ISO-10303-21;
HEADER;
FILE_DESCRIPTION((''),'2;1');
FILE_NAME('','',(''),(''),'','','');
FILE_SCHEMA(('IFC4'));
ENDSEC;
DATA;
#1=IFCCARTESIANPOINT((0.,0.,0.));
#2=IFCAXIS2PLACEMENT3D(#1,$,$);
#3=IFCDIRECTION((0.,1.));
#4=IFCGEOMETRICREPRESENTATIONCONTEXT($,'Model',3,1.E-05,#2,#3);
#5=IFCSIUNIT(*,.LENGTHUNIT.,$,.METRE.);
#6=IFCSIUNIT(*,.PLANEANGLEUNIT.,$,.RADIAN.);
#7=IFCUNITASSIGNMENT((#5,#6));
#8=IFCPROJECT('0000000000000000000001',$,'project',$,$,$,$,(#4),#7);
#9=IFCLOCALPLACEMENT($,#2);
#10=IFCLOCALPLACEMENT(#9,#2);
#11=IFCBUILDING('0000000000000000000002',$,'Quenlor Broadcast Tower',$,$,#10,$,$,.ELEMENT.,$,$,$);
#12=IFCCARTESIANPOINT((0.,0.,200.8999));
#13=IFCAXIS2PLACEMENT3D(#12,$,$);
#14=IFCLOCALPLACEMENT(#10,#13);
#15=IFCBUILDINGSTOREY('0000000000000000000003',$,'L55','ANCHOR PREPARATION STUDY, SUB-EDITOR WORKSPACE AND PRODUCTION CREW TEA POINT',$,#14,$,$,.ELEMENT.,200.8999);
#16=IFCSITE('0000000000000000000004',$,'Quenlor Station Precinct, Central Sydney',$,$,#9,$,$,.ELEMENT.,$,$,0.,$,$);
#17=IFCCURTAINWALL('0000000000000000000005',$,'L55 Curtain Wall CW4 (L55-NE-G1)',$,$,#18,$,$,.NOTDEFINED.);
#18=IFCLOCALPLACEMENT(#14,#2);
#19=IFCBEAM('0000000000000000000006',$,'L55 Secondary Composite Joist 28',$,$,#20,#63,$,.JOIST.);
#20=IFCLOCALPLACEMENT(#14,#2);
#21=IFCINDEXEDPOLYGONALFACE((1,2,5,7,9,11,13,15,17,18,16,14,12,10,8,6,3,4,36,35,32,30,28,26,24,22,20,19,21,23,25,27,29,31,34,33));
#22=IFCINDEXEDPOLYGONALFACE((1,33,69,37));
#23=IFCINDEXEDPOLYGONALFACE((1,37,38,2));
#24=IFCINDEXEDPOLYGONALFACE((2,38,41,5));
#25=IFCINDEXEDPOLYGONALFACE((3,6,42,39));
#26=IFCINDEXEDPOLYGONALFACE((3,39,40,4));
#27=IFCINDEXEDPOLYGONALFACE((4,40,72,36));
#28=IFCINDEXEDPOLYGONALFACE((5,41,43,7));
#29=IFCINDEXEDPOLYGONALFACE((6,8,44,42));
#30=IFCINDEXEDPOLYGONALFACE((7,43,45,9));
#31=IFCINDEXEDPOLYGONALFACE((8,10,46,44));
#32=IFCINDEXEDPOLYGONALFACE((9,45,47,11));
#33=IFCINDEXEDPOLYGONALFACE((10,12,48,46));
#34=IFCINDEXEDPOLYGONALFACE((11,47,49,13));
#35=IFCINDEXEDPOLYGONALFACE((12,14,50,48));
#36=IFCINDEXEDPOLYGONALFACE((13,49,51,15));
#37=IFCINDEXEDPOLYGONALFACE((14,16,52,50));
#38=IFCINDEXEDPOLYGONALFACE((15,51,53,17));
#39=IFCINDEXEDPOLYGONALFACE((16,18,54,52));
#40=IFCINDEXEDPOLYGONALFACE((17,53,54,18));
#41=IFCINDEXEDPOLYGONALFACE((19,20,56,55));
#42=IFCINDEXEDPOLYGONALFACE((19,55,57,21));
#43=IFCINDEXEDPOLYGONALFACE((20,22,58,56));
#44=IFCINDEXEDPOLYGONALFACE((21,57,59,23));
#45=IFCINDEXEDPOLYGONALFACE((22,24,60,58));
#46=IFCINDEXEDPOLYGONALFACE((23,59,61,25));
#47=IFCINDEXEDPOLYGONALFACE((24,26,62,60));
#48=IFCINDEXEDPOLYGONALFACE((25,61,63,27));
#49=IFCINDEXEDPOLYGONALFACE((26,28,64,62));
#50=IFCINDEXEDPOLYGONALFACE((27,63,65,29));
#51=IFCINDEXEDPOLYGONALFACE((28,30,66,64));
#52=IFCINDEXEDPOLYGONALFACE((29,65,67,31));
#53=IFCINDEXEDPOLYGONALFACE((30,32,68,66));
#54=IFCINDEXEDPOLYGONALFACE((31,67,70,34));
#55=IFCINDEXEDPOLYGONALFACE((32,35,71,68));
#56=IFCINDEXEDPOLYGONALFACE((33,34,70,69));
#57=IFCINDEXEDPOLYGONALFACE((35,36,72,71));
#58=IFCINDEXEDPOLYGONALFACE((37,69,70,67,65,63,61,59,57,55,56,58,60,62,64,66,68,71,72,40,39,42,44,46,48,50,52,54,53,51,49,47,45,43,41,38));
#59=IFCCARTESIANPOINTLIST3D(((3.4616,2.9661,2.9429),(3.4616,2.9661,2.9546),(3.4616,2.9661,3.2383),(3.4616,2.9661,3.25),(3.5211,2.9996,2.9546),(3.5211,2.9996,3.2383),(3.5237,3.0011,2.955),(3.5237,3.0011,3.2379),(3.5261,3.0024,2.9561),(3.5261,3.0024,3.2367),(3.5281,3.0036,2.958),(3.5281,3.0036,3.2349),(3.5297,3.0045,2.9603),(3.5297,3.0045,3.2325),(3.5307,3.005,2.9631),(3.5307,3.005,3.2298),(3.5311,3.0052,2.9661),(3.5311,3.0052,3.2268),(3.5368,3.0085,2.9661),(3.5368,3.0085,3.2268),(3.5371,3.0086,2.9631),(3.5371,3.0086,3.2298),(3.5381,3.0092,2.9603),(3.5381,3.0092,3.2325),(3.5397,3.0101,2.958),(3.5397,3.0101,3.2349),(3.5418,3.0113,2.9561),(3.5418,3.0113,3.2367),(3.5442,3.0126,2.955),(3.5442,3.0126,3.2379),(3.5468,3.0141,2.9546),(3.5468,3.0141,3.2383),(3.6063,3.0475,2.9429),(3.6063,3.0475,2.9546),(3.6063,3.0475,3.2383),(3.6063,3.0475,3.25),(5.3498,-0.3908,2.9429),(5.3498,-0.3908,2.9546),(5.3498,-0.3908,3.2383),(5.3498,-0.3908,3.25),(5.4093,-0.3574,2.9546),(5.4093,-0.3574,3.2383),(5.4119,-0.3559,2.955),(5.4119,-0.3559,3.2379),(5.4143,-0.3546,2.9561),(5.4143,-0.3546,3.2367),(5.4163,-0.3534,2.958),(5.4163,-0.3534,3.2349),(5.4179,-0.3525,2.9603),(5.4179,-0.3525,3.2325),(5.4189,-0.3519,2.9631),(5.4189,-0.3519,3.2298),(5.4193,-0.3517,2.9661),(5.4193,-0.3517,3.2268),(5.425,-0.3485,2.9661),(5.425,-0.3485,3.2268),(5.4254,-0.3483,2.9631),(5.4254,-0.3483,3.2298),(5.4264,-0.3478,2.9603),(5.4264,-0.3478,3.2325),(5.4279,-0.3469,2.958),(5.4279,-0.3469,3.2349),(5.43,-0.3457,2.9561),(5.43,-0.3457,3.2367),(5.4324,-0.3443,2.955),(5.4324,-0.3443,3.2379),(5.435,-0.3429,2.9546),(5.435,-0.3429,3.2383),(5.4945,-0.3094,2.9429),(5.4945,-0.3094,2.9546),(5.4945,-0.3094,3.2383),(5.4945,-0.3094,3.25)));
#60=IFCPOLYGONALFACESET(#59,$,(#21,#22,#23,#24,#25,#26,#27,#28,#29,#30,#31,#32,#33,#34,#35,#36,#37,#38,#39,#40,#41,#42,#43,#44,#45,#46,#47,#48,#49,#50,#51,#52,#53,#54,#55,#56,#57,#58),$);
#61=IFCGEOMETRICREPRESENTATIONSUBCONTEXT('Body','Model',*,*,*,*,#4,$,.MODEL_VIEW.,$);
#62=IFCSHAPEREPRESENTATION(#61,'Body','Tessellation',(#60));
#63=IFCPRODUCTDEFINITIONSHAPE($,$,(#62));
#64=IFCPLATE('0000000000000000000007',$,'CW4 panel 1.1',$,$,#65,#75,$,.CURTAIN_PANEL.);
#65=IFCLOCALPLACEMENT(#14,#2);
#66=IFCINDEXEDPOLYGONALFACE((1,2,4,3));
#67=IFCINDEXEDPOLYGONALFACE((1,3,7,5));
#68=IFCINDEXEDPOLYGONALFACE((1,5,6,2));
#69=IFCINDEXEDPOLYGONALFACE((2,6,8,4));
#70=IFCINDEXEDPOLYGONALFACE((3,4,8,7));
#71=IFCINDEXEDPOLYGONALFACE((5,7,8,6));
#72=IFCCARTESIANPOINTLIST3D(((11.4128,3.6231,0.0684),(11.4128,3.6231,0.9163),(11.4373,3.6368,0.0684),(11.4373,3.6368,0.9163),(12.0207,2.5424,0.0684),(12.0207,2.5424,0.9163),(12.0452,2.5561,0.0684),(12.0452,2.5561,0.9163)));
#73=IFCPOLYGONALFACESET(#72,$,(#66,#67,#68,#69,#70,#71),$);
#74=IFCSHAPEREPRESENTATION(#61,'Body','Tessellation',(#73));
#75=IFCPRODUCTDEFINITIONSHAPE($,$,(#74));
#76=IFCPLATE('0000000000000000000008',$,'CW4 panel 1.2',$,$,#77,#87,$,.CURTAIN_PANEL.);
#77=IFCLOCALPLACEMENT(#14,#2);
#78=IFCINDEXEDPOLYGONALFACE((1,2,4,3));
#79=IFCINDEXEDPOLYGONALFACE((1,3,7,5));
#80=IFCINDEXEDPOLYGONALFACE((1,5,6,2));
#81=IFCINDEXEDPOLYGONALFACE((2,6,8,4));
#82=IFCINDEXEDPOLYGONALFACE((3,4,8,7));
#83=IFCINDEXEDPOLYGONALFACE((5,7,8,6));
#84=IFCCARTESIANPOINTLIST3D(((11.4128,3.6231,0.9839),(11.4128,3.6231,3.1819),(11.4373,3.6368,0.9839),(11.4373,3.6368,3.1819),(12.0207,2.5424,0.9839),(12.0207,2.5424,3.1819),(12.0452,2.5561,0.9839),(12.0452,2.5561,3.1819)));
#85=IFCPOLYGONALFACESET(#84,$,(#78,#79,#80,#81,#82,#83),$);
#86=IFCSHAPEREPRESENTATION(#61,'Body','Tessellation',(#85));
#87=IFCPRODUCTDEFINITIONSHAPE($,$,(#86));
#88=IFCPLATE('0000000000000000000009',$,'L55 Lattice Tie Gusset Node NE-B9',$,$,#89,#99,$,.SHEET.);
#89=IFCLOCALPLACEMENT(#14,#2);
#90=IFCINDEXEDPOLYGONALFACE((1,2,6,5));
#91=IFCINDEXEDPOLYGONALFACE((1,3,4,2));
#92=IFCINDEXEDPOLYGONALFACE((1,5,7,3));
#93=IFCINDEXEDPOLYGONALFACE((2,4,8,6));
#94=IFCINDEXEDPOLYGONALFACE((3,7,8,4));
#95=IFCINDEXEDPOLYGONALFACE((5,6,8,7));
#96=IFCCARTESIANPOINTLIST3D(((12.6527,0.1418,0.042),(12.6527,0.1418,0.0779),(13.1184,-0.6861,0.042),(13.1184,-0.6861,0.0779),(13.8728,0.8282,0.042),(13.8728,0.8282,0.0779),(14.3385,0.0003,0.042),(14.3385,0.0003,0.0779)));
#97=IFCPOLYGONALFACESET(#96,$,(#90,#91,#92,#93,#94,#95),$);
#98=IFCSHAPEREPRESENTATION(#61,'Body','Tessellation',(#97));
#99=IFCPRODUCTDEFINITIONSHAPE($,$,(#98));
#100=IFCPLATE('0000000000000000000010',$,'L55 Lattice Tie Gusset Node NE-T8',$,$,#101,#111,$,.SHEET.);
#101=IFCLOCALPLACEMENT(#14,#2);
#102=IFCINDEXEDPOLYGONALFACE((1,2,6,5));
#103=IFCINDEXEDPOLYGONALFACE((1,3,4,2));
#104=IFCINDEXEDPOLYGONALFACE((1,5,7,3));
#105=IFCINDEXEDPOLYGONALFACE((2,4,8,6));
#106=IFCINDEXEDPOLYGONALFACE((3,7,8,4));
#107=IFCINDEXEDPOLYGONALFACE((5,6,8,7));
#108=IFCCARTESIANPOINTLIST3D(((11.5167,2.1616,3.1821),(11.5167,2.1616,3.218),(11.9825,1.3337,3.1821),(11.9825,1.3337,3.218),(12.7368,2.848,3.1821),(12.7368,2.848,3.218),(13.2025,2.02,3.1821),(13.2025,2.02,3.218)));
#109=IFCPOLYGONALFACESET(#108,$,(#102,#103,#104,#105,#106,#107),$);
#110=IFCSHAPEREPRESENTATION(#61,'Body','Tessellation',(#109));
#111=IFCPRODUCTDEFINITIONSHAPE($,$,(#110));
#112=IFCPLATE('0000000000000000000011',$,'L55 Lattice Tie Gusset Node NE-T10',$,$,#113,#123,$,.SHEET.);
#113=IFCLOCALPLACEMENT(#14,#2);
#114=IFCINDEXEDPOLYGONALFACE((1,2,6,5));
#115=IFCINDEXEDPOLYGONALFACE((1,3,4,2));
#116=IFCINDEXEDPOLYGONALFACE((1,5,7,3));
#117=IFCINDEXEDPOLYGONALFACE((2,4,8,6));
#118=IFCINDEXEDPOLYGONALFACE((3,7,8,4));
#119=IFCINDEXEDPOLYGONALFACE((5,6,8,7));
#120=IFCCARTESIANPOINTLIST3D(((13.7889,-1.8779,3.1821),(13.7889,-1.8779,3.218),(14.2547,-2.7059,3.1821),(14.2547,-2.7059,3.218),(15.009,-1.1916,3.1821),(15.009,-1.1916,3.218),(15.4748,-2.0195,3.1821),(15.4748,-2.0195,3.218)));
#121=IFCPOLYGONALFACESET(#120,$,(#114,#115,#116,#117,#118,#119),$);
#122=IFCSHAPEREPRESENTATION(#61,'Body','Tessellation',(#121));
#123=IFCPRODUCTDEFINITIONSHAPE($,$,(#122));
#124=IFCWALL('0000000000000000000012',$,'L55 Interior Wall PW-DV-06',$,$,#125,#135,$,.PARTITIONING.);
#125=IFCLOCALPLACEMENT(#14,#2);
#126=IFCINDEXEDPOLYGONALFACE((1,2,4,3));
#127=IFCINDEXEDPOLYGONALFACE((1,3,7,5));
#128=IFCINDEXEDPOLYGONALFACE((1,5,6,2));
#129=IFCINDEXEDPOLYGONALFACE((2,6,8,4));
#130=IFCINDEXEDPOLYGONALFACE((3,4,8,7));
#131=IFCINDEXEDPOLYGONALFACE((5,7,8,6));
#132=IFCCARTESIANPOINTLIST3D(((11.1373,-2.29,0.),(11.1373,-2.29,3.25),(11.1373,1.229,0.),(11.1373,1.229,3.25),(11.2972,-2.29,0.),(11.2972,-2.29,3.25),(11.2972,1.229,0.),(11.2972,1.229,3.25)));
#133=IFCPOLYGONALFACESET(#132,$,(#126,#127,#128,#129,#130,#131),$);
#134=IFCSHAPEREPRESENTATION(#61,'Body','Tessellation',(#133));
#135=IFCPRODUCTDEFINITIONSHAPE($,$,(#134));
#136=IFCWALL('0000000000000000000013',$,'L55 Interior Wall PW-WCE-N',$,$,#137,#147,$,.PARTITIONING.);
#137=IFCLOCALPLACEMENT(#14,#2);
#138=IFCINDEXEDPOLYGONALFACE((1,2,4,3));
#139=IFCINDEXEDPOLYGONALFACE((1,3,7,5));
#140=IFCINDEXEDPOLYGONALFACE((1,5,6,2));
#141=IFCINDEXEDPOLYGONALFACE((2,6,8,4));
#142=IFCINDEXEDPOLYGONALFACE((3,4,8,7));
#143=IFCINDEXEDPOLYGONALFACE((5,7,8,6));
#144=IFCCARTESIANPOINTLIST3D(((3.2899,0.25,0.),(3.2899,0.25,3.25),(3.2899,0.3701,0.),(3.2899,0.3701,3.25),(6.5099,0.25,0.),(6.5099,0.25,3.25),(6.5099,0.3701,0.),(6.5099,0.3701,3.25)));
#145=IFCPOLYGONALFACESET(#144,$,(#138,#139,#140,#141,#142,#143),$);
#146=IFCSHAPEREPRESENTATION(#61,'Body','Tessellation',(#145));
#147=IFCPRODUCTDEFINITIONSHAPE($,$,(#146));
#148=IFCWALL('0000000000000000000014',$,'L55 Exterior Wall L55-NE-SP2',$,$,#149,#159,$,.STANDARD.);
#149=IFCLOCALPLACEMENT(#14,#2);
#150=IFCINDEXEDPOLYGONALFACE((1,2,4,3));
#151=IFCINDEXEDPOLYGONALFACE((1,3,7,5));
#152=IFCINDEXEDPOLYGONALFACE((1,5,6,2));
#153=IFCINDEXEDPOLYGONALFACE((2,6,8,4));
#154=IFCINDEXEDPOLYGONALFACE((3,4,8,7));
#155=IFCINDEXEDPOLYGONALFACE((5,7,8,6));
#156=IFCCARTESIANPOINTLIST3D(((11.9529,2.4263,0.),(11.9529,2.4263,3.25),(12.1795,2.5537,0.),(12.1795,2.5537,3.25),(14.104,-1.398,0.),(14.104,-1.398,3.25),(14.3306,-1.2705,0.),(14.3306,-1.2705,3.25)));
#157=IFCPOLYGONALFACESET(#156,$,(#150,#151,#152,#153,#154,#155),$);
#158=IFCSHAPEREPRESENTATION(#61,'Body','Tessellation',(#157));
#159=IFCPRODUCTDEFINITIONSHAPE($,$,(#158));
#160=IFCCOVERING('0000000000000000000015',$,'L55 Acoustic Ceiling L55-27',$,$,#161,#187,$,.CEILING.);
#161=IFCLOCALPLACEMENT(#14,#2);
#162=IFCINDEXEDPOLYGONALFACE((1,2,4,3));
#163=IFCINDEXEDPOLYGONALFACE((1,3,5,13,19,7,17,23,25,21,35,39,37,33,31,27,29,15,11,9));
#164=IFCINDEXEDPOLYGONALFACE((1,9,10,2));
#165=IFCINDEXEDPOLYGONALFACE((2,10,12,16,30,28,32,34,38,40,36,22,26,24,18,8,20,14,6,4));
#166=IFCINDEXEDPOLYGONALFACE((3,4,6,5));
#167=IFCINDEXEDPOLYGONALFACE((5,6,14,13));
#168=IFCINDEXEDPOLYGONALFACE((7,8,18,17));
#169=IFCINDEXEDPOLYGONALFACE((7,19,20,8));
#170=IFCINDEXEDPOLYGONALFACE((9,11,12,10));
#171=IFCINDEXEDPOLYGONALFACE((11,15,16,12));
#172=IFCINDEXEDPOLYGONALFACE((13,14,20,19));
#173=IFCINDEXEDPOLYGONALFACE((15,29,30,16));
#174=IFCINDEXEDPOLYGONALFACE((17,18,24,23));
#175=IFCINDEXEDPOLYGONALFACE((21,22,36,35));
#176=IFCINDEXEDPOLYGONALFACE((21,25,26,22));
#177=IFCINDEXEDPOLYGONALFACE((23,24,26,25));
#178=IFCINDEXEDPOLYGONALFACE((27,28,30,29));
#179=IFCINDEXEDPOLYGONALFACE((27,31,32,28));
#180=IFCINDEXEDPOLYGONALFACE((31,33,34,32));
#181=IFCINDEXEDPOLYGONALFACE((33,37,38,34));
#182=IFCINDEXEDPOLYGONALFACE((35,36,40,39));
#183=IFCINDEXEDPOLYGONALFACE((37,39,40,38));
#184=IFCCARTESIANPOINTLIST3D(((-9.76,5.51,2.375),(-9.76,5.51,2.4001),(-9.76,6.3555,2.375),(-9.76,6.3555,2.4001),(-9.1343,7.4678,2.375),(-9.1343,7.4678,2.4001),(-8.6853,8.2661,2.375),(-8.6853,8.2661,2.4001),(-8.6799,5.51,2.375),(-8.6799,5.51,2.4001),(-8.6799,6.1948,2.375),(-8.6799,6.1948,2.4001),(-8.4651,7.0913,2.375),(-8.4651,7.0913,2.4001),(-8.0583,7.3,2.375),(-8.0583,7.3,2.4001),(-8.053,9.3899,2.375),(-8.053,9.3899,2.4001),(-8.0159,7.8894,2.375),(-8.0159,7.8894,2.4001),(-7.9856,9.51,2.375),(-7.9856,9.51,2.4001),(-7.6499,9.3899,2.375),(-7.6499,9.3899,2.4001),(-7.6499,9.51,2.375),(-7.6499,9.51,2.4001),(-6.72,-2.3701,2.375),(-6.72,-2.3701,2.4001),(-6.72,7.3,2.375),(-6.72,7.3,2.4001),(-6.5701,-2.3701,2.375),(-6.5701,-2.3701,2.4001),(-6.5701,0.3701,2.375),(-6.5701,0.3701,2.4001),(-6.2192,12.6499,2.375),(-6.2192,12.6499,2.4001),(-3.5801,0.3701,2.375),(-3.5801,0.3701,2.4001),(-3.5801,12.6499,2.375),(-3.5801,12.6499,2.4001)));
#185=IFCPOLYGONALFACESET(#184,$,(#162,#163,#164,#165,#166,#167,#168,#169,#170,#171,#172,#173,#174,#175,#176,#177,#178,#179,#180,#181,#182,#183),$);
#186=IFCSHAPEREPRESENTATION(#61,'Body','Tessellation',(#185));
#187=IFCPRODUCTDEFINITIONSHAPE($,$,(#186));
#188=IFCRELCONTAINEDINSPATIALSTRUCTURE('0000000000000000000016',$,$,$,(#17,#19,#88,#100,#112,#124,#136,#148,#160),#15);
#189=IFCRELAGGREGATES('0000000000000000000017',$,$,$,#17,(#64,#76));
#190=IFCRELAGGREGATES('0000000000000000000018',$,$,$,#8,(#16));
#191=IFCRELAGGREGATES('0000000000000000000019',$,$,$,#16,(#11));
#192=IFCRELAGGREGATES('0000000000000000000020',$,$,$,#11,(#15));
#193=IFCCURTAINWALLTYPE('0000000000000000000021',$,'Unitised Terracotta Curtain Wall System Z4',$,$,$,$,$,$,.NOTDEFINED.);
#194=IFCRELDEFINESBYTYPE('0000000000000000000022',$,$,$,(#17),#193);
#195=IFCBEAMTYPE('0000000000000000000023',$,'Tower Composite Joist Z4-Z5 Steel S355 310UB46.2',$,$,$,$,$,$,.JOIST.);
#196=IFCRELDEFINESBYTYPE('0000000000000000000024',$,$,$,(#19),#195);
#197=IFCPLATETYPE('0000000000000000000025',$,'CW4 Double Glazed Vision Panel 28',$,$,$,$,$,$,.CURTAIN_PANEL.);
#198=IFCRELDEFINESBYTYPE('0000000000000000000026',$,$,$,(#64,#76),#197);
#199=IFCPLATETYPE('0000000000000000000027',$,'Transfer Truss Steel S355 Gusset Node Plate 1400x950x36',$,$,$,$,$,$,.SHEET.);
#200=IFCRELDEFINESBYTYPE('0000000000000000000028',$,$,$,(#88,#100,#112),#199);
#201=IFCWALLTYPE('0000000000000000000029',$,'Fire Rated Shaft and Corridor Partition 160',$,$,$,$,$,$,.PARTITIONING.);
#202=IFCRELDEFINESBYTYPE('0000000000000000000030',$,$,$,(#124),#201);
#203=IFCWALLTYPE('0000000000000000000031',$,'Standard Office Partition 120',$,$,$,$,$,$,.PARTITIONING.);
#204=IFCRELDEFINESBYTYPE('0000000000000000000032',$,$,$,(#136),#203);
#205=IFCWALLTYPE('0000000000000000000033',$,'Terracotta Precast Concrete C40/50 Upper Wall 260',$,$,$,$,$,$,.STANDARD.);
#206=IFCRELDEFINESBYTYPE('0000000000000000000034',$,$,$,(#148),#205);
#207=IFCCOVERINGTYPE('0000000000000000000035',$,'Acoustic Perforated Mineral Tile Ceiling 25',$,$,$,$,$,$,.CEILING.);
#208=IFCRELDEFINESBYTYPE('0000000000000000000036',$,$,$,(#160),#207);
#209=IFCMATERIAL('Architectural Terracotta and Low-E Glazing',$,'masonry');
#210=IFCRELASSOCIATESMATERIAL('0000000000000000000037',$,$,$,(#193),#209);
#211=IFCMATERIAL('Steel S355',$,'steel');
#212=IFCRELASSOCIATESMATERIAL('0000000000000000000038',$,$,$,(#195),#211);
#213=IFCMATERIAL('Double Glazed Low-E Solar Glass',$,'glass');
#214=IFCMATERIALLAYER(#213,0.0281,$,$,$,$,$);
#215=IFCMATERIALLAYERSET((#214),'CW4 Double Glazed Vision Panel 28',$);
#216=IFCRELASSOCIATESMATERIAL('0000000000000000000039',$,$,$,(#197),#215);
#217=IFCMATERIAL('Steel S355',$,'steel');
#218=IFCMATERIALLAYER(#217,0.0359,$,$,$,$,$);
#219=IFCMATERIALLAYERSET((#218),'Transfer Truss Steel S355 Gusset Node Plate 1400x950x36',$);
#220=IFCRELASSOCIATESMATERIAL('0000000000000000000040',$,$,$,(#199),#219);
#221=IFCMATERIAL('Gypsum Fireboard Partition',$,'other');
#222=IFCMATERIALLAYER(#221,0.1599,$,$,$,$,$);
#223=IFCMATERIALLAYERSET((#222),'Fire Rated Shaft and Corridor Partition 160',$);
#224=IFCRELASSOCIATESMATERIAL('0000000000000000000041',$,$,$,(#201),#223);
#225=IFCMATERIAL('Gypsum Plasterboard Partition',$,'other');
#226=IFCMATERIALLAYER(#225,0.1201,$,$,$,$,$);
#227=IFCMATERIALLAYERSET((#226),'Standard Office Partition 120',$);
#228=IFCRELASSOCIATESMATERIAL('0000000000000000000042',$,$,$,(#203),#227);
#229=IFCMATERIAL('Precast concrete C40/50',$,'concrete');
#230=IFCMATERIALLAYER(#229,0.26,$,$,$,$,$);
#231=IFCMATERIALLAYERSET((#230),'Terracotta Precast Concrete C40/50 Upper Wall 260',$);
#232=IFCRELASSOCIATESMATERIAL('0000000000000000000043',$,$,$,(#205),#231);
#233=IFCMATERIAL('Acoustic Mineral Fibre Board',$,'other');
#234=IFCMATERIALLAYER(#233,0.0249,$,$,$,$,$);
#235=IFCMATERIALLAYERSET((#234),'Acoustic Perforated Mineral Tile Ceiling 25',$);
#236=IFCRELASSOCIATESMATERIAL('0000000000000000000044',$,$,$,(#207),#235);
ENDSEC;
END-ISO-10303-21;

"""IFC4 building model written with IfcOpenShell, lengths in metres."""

from ifc_helpers import new_model, si_unit, direction, frame, frame_2d, origin, origin_2d, place, context, subcontext, project, spatial, polyline, rectangle, i_section, outline, extrude, material, layer, layer_set, material_profile, profile_set, type_object, element, aggregate, save


model = new_model("IFC4")

# Units and contexts
model_context = context("Model", 3, precision=1e-05, world=origin(), true_north=direction((0.0, 1.0)))
body_context = subcontext(model_context, "Body", "Model", "MODEL_VIEW")
ifc_project = project(units=[si_unit("LENGTHUNIT", "METRE"), si_unit("PLANEANGLEUNIT", "RADIAN")], contexts=[model_context])

# Site, building, storey
site_placement = place(None, origin())
site = spatial("IfcSite", under=ifc_project, at=site_placement, Name="Quenlor Station Precinct, Central Sydney", CompositionType="ELEMENT", RefElevation=0.0)
building_placement = place(site_placement, origin())
building = spatial("IfcBuilding", under=site, at=building_placement, Name="Quenlor Broadcast Tower", CompositionType="ELEMENT")
storey_placement = place(building_placement, frame((0.0, 0.0, 200.8999)))
storey = spatial("IfcBuildingStorey", under=building, at=storey_placement, Name="L55", Description="ANCHOR PREPARATION STUDY, SUB-EDITOR WORKSPACE AND PRODUCTION CREW TEA POINT", CompositionType="ELEMENT", Elevation=200.8999)

# Curtain wall
ifc_material_1 = material(Name="Architectural Terracotta and Low-E Glazing", Category="masonry")
curtain_wall_type = type_object("IfcCurtainWallType", Name="Unitised Terracotta Curtain Wall System Z4", PredefinedType="NOTDEFINED", material=ifc_material_1)
curtain_wall_placement = place(storey_placement, origin())
curtain_wall = element("IfcCurtainWall", 1, at=curtain_wall_placement, inside=storey, type_object=curtain_wall_type, Name="L55 Curtain Wall CW4 (L55-NE-G1)", PredefinedType="NOTDEFINED")

# Beam
ifc_material_2 = material(Name="Steel S355", Category="steel")
ifc_material_profile_1 = material_profile(ifc_material_2, i_section(OverallWidth=0.166, OverallDepth=0.3071, WebThickness=0.0066, FlangeThickness=0.0117, FilletRadius=0.0115, at=origin_2d()))
ifc_profile_set_1 = profile_set([ifc_material_profile_1], Name="Steel S355 310UB46.2")
beam_type_1 = type_object("IfcBeamType", Name="Tower Composite Joist Z4-Z5 Steel S355 310UB46.2", PredefinedType="JOIST", material=ifc_profile_set_1)
beam_1_placement = place(storey_placement, frame((3.5339, 3.0068, 3.0964), z_axis=(0.490243, -0.871586, 0.0), x_axis=(0.871586, 0.490243, 0.0)))
element("IfcBeam", 2, at=beam_1_placement, inside=storey, type_object=beam_type_1, Name="L55 Secondary Composite Joist 28", PredefinedType="JOIST", context=body_context, shape_type="SweptSolid", body=[
    extrude(i_section(OverallWidth=0.166, OverallDepth=0.3071, WebThickness=0.0066, FlangeThickness=0.0117, FilletRadius=0.0115, at=origin_2d()), origin(), (0.0, 0.0, 1.0), 3.8516),
])

# Plates
ifc_material_3 = material(Name="Double Glazed Low-E Solar Glass", Category="glass")
ifc_layer_1 = layer(ifc_material_3, 0.0281)
ifc_layer_set_1 = layer_set([ifc_layer_1], Name="CW4 Double Glazed Vision Panel 28")
plate_type_1 = type_object("IfcPlateType", Name="CW4 Double Glazed Vision Panel 28", PredefinedType="CURTAIN_PANEL", material=ifc_layer_set_1)
plate_1_placement = place(storey_placement, frame((11.729, 3.0896, 0.0684), z_axis=(0.0, 0.0, 1.0), x_axis=(0.490289, -0.87156, 0.0)))
plate_1 = element("IfcPlate", 3, at=plate_1_placement, type_object=plate_type_1, Name="CW4 panel 1.1", PredefinedType="CURTAIN_PANEL", context=body_context, shape_type="SweptSolid", body=[
    extrude(rectangle(XDim=1.24, YDim=0.0281, at=origin_2d()), origin(), (0.0, 0.0, 1.0), 0.8479),
])
plate_2_placement = place(storey_placement, frame((11.729, 3.0896, 0.9839), z_axis=(0.0, 0.0, 1.0), x_axis=(0.490289, -0.87156, 0.0)))
plate_2 = element("IfcPlate", 4, at=plate_2_placement, type_object=plate_type_1, Name="CW4 panel 1.2", PredefinedType="CURTAIN_PANEL", context=body_context, shape_type="SweptSolid", body=[
    extrude(rectangle(XDim=1.24, YDim=0.0281, at=origin_2d()), origin(), (0.0, 0.0, 1.0), 2.198),
])
aggregate(curtain_wall, [plate_1, plate_2])

# Plates
ifc_material_4 = material(Name="Steel S355", Category="steel")
ifc_layer_2 = layer(ifc_material_4, 0.0359)
ifc_layer_set_2 = layer_set([ifc_layer_2], Name="Transfer Truss Steel S355 Gusset Node Plate 1400x950x36")
plate_type_2 = type_object("IfcPlateType", Name="Transfer Truss Steel S355 Gusset Node Plate 1400x950x36", PredefinedType="SHEET", material=ifc_layer_set_2)
for number, where, z_axis, x_axis, name in (
    (5, (13.4956, 0.071, 0.042), (0.0, 0.0, 1.0), (0.871556, 0.490295, 0.0), "L55 Lattice Tie Gusset Node NE-B9"),
    (6, (12.3596, 2.0908, 3.1821), (0.0, 0.0, 1.0), (0.871556, 0.490295, 0.0), "L55 Lattice Tie Gusset Node NE-T8"),
    (7, (14.6318, -1.9487, 3.1821), (0.0, 0.0, 1.0), (0.871556, 0.490295, 0.0), "L55 Lattice Tie Gusset Node NE-T10"),
):
    element("IfcPlate", number, at=place(storey_placement, frame(where, z_axis=z_axis, x_axis=x_axis)), inside=storey, type_object=plate_type_2, Name=name, PredefinedType="SHEET", context=body_context, shape_type="SweptSolid", body=[
        extrude(rectangle(XDim=1.3999, YDim=0.95, at=origin_2d()), origin(), (0.0, 0.0, 1.0), 0.0359),
    ])

# Walls
ifc_material_5 = material(Name="Gypsum Fireboard Partition", Category="other")
ifc_layer_3 = layer(ifc_material_5, 0.1599)
ifc_layer_set_3 = layer_set([ifc_layer_3], Name="Fire Rated Shaft and Corridor Partition 160")
wall_type_1 = type_object("IfcWallType", Name="Fire Rated Shaft and Corridor Partition 160", PredefinedType="PARTITIONING", material=ifc_layer_set_3)
wall_1_placement = place(storey_placement, frame((11.2173, 1.229, 0.0), z_axis=(0.0, 0.0, 1.0), x_axis=(0.0, -1.0, 0.0)))
element("IfcWall", 8, at=wall_1_placement, inside=storey, type_object=wall_type_1, Name="L55 Interior Wall PW-DV-06", PredefinedType="PARTITIONING", context=body_context, shape_type="SweptSolid", body=[
    extrude(rectangle(XDim=3.519, YDim=0.1599, at=frame_2d((1.7595, 0.0))), origin(), (0.0, 0.0, 1.0), 3.25),
])
ifc_material_6 = material(Name="Gypsum Plasterboard Partition", Category="other")
ifc_layer_4 = layer(ifc_material_6, 0.1201)
ifc_layer_set_4 = layer_set([ifc_layer_4], Name="Standard Office Partition 120")
wall_type_2 = type_object("IfcWallType", Name="Standard Office Partition 120", PredefinedType="PARTITIONING", material=ifc_layer_set_4)
wall_2_placement = place(storey_placement, frame((3.29, 0.3101, 0.0), z_axis=(0.0, 0.0, 1.0), x_axis=(1.0, 0.0, 0.0)))
element("IfcWall", 9, at=wall_2_placement, inside=storey, type_object=wall_type_2, Name="L55 Interior Wall PW-WCE-N", PredefinedType="PARTITIONING", context=body_context, shape_type="SweptSolid", body=[
    extrude(rectangle(XDim=3.22, YDim=0.1201, at=frame_2d((1.6099, 0.0))), origin(), (0.0, 0.0, 1.0), 3.25),
])
ifc_material_7 = material(Name="Precast concrete C40/50", Category="concrete")
ifc_layer_5 = layer(ifc_material_7, 0.26)
ifc_layer_set_5 = layer_set([ifc_layer_5], Name="Terracotta Precast Concrete C40/50 Upper Wall 260")
wall_type_3 = type_object("IfcWallType", Name="Terracotta Precast Concrete C40/50 Upper Wall 260", PredefinedType="STANDARD", material=ifc_layer_set_5)
wall_3_placement = place(storey_placement, frame((12.0662, 2.49, 0.0), z_axis=(0.0, 0.0, 1.0), x_axis=(0.490261, -0.871576, 0.0)))
element("IfcWall", 10, at=wall_3_placement, inside=storey, type_object=wall_type_3, Name="L55 Exterior Wall L55-NE-SP2", PredefinedType="STANDARD", context=body_context, shape_type="SweptSolid", body=[
    extrude(rectangle(XDim=4.3877, YDim=0.26, at=frame_2d((2.1938, 0.0))), origin(), (0.0, 0.0, 1.0), 3.25),
])

# Covering
ifc_material_8 = material(Name="Acoustic Mineral Fibre Board", Category="other")
ifc_layer_6 = layer(ifc_material_8, 0.0249)
ifc_layer_set_6 = layer_set([ifc_layer_6], Name="Acoustic Perforated Mineral Tile Ceiling 25")
covering_type = type_object("IfcCoveringType", Name="Acoustic Perforated Mineral Tile Ceiling 25", PredefinedType="CEILING", material=ifc_layer_set_6)
covering_1_placement = place(storey_placement, frame((0.0, 0.0, 2.375)))
element("IfcCovering", 11, at=covering_1_placement, inside=storey, type_object=covering_type, Name="L55 Acoustic Ceiling L55-27", PredefinedType="CEILING", context=body_context, shape_type="SweptSolid", body=[
    extrude(outline(polyline([(-7.9856, 9.51), (-6.2192, 12.6499), (-3.5801, 12.6499), (-3.5801, 0.3701), (-6.5701, 0.3701), (-6.5701, -2.3701), (-6.72, -2.3701), (-6.72, 7.3), (-8.0583, 7.3), (-8.6799, 6.1948), (-8.6799, 5.51), (-9.76, 5.51), (-9.76, 6.3555), (-9.1343, 7.4678), (-8.4651, 7.0913), (-8.0159, 7.8894), (-8.6853, 8.2661), (-8.053, 9.3899), (-7.6499, 9.3899), (-7.6499, 9.51), (-7.9856, 9.51)])), origin(), (0.0, 0.0, 1.0), 0.0251),
])

save(model, "model.ifc")
